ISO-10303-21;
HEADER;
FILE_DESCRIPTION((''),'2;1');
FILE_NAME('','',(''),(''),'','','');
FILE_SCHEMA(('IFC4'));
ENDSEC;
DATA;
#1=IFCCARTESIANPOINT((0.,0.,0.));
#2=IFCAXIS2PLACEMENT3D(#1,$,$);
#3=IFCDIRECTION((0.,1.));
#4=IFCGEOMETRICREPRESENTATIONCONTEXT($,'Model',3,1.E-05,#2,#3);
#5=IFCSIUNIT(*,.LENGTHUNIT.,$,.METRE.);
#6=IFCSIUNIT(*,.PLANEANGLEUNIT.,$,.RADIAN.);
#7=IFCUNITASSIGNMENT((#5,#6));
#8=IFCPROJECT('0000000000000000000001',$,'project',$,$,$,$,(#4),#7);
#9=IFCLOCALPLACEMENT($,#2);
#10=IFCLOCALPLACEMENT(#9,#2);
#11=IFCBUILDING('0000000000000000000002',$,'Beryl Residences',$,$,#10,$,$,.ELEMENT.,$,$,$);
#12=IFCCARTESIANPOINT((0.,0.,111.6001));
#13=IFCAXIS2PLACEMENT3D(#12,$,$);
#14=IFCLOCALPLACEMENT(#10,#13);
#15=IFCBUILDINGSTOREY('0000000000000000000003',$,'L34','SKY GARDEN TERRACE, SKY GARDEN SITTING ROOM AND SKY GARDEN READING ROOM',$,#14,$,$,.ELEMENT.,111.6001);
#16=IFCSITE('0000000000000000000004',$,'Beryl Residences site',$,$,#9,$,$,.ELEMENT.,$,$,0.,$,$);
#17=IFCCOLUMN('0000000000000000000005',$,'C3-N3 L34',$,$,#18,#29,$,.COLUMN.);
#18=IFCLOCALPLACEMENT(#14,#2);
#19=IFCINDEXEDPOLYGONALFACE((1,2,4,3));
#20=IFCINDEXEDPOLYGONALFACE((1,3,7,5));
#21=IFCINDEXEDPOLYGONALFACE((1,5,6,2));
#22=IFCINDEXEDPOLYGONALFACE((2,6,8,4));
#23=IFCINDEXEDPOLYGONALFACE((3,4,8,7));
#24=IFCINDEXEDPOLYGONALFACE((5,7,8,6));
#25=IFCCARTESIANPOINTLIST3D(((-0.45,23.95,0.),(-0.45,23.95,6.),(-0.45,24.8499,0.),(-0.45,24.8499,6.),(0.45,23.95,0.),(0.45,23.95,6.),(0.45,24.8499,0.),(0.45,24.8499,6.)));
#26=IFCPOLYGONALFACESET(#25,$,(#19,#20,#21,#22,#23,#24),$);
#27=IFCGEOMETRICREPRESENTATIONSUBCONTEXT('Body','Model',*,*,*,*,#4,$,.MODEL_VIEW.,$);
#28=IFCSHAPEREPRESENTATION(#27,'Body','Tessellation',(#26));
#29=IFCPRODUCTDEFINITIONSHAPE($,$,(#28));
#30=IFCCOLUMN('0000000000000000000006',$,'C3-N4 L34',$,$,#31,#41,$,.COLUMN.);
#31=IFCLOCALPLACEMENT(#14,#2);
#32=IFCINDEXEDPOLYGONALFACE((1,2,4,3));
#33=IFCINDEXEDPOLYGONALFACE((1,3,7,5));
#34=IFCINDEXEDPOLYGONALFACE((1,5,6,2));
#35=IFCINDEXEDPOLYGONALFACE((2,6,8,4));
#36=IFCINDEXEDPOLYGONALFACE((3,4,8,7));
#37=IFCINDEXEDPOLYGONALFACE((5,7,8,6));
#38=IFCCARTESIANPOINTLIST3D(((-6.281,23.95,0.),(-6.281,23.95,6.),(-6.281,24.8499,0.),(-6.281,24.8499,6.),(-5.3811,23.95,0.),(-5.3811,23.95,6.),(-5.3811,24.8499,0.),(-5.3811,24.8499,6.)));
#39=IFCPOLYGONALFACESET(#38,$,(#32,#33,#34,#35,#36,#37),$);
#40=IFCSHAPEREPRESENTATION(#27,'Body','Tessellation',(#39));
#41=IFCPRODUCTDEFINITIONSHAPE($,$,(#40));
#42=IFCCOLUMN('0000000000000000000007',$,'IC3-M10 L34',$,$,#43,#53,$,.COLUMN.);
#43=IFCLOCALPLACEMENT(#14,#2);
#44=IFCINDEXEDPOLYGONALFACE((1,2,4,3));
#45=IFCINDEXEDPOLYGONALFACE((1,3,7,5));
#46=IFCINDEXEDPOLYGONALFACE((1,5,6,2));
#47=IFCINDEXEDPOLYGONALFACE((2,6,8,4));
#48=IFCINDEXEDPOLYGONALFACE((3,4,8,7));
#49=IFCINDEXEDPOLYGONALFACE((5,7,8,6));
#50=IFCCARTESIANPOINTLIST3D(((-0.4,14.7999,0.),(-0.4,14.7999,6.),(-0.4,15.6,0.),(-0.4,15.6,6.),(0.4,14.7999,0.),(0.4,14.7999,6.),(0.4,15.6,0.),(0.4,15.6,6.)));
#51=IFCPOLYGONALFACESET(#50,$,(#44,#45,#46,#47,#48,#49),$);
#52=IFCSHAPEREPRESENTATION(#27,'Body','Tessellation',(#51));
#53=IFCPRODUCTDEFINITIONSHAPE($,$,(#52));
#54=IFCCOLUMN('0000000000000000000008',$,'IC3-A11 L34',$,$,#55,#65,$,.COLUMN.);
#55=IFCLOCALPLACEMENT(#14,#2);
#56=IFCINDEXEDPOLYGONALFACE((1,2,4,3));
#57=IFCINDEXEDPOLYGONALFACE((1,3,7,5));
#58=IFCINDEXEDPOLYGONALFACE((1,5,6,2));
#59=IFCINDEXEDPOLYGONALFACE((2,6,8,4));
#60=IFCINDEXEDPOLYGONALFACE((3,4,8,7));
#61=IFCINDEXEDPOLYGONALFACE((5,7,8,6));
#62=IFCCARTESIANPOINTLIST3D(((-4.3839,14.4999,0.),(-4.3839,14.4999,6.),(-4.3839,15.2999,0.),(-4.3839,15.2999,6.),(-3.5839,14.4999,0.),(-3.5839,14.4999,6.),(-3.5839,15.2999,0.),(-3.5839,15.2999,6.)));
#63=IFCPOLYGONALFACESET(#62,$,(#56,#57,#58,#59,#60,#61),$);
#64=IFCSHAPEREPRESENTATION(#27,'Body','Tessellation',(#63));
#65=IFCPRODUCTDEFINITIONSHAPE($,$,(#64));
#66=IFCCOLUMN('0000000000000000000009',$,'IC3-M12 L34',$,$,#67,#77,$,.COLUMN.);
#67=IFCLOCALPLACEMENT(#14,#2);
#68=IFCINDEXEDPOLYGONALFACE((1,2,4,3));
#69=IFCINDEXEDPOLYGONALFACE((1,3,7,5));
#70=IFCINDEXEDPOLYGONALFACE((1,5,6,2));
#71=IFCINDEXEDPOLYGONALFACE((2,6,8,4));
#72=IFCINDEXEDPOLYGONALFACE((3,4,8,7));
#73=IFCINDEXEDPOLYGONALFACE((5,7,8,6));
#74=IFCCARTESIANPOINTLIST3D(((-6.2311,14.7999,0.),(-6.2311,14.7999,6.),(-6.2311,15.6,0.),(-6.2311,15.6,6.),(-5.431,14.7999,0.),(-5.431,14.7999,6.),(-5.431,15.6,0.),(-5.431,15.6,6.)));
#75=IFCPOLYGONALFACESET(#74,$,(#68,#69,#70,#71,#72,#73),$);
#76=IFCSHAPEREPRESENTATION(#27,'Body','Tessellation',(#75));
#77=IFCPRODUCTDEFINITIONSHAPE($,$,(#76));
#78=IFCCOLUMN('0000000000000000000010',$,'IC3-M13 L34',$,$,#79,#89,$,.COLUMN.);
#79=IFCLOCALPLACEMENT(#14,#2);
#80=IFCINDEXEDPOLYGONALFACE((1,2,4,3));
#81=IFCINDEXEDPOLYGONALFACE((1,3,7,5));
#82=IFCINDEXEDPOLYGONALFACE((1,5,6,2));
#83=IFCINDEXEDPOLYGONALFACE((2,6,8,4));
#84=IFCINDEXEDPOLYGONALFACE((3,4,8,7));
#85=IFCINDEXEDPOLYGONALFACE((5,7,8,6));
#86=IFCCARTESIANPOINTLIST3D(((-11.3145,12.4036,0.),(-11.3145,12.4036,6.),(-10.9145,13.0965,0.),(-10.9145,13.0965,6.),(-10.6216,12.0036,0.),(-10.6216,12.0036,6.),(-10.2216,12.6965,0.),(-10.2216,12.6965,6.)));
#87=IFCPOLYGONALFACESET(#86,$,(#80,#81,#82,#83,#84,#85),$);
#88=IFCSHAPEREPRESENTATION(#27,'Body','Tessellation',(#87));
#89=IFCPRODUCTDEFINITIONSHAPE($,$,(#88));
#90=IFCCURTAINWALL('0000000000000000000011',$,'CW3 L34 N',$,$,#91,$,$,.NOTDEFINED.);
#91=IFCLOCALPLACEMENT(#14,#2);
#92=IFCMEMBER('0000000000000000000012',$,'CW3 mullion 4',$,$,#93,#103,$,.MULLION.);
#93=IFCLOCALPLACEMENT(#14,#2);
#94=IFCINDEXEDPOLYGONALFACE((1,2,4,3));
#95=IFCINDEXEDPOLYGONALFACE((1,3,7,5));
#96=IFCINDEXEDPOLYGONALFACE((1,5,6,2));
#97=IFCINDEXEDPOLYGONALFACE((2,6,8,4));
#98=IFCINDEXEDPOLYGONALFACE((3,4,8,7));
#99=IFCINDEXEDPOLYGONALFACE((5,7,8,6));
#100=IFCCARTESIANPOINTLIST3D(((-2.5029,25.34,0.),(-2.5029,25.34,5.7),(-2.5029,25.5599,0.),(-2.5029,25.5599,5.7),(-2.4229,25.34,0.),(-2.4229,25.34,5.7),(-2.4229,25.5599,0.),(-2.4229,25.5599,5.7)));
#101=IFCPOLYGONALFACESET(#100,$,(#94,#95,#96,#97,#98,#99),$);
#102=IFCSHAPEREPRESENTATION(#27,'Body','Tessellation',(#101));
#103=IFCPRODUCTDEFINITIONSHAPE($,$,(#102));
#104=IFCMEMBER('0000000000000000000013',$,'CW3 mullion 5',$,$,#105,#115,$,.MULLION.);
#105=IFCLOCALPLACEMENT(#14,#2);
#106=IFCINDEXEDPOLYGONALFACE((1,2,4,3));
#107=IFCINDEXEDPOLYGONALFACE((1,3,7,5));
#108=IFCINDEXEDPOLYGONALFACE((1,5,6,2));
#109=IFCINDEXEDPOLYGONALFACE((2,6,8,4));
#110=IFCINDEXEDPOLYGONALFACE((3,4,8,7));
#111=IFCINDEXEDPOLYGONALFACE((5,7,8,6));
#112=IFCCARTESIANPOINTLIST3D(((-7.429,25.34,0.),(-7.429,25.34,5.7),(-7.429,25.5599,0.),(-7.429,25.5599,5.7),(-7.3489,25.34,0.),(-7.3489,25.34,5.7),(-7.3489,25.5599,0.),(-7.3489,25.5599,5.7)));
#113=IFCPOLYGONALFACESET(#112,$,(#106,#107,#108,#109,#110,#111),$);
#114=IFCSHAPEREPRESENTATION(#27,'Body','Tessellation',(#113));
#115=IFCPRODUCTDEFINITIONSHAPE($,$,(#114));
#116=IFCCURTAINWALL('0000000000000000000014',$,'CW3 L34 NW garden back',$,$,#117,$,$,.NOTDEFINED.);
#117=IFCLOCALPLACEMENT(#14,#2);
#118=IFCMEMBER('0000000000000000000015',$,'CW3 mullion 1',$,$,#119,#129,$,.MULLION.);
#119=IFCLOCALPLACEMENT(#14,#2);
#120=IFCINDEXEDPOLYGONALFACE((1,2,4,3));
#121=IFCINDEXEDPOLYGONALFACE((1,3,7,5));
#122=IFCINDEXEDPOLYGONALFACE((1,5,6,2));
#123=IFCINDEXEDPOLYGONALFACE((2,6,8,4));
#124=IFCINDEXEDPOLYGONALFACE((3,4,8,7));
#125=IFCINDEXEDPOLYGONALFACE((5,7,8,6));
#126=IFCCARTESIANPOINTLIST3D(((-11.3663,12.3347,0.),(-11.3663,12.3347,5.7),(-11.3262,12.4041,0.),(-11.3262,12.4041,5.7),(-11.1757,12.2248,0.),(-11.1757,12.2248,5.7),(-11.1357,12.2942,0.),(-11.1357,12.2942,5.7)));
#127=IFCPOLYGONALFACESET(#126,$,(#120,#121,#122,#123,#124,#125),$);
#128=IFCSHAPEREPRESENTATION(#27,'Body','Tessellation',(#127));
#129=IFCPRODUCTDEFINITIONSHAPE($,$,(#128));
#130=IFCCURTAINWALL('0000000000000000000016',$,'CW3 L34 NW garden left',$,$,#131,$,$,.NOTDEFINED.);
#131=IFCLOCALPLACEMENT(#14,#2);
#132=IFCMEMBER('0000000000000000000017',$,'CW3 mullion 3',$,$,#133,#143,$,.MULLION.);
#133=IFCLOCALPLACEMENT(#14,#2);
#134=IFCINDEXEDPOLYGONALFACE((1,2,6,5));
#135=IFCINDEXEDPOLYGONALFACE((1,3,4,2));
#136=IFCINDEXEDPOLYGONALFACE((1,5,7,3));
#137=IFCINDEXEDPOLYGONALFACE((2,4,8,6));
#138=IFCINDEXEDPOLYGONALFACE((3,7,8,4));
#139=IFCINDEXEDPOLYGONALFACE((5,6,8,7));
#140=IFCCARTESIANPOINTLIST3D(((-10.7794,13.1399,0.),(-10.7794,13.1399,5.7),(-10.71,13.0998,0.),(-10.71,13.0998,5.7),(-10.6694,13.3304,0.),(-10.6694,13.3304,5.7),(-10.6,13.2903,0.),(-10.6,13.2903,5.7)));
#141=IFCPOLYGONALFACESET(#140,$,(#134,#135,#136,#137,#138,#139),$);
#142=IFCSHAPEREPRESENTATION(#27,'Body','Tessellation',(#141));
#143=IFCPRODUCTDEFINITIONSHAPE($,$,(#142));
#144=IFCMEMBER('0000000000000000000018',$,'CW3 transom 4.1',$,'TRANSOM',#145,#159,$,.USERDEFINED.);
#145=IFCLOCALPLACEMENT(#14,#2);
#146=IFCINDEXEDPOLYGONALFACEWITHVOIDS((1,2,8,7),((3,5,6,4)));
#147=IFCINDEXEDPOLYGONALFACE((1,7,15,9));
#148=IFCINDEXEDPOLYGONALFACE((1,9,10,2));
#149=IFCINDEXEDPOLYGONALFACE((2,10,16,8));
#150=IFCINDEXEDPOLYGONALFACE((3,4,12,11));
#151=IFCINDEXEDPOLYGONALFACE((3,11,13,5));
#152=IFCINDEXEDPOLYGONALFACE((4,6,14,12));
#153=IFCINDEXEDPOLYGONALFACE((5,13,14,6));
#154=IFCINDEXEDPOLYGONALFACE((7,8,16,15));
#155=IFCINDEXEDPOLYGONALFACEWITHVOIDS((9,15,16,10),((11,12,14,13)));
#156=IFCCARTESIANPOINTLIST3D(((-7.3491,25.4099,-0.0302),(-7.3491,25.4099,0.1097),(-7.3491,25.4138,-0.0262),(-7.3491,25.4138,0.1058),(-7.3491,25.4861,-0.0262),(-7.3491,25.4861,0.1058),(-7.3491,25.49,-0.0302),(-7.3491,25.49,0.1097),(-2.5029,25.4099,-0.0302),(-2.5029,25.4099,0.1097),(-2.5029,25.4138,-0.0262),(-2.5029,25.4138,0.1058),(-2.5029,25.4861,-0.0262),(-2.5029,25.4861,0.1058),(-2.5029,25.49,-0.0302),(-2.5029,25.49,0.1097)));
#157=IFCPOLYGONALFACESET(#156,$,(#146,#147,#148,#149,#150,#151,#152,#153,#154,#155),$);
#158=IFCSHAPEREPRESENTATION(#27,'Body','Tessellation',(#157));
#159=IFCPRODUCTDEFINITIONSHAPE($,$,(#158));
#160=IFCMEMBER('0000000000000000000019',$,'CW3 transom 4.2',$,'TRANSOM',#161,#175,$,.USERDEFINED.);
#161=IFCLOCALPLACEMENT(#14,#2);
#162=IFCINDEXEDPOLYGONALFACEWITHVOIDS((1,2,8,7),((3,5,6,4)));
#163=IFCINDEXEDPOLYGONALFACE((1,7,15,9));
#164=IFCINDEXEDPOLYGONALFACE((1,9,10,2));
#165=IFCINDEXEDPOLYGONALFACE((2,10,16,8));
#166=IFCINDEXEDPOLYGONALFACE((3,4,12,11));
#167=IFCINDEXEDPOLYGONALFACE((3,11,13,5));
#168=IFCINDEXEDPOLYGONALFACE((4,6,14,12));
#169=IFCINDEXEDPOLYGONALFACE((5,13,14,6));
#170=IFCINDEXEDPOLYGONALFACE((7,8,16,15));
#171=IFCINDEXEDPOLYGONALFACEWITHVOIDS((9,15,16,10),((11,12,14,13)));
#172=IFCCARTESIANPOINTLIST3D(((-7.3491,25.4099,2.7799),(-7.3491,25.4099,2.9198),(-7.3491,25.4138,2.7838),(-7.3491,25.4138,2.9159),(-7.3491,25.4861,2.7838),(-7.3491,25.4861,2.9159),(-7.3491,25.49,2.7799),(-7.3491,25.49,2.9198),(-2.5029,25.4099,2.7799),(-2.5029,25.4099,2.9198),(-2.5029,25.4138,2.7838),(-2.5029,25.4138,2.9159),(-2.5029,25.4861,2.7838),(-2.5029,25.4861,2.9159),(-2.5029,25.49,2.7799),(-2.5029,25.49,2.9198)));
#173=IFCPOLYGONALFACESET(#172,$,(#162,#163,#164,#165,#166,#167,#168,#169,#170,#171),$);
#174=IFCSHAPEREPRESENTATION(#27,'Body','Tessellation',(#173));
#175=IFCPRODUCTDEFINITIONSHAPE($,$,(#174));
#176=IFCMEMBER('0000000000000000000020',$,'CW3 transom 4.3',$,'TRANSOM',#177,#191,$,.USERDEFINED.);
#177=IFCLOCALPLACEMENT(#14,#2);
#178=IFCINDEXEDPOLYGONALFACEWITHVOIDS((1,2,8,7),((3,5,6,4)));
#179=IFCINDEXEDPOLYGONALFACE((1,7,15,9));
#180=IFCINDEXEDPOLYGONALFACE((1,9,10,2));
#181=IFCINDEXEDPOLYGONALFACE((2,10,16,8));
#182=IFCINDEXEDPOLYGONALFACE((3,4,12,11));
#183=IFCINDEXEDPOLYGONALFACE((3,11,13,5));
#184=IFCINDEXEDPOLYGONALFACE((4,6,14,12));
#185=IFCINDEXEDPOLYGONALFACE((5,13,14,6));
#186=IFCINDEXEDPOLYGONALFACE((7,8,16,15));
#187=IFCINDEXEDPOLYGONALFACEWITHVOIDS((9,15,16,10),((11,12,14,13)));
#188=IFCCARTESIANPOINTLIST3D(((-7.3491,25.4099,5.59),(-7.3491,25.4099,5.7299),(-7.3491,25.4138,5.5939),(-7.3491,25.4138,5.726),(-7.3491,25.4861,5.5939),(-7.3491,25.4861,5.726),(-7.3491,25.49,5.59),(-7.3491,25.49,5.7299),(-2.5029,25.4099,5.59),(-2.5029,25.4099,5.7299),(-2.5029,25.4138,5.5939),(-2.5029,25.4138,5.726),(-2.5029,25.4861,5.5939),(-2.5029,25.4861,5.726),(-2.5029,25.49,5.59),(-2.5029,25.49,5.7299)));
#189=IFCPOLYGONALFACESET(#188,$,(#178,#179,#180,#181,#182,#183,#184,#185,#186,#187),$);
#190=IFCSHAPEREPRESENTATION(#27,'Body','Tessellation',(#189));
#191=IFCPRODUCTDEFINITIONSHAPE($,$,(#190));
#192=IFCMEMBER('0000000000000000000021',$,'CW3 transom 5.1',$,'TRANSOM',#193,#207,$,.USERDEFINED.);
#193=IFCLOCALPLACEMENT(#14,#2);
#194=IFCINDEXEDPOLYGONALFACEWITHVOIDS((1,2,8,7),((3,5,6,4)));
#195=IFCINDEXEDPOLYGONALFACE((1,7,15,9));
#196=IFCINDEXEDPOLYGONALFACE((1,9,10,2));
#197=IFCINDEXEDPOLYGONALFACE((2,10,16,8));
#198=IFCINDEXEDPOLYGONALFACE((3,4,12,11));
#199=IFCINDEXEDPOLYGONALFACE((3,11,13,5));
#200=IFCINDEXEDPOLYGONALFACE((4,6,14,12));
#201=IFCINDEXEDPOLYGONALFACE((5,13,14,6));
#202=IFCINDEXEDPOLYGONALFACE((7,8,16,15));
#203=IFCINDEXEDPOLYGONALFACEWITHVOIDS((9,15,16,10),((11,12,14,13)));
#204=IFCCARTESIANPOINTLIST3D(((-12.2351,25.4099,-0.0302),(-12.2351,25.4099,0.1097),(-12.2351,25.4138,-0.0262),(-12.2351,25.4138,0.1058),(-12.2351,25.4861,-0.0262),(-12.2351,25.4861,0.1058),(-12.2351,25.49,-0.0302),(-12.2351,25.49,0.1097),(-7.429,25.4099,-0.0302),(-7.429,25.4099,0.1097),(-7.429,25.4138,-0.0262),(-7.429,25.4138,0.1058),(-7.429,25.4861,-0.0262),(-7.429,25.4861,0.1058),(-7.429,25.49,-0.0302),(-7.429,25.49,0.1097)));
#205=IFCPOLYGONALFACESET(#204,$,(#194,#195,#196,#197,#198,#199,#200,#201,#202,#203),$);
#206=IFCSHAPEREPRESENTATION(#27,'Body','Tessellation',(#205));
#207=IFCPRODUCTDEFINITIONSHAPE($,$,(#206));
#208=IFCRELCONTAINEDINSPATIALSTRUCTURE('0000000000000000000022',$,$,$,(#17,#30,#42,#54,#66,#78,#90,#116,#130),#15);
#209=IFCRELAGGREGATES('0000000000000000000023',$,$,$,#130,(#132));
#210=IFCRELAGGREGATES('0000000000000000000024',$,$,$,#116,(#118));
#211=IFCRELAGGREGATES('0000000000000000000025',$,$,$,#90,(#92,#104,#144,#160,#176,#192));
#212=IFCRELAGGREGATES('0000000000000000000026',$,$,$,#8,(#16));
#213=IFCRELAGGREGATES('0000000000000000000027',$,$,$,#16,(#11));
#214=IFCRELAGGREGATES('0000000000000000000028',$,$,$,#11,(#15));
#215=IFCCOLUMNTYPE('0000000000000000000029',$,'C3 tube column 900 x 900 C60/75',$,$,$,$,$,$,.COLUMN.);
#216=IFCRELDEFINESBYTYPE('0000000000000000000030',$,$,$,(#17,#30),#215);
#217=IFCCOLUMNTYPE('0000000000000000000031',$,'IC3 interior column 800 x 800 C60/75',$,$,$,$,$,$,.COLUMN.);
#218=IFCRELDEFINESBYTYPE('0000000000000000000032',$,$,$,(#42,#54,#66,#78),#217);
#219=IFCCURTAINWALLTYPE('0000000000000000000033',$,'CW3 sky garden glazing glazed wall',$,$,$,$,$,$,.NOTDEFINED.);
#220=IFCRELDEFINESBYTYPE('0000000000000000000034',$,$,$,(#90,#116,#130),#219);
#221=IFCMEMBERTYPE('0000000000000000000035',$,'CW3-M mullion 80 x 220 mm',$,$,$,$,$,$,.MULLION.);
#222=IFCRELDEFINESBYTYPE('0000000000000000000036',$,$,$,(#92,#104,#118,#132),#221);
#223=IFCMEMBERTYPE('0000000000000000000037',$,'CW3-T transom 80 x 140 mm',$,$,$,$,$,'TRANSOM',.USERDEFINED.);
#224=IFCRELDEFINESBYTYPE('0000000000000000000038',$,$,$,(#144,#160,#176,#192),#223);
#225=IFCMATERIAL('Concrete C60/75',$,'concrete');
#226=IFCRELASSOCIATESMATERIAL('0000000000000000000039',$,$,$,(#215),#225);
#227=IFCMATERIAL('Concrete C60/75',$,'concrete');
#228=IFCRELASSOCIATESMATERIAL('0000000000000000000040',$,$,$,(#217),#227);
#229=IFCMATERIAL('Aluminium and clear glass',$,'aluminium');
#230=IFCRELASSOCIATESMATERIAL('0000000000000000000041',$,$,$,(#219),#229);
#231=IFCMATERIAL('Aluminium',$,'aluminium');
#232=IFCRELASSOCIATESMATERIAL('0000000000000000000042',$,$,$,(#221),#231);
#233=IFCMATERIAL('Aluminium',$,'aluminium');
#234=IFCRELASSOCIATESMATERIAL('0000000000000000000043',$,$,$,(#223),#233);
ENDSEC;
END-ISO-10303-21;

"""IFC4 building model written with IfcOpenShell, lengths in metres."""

from ifc_helpers import new_model, si_unit, direction, frame, origin, origin_2d, place, context, subcontext, project, spatial, rectangle, hollow_rectangle, extrude, material, material_profile, profile_set, type_object, element, aggregate, save


model = new_model("IFC4")

# Units and contexts
model_context = context("Model", 3, precision=1e-05, world=origin(), true_north=direction((0.0, 1.0)))
body_context = subcontext(model_context, "Body", "Model", "MODEL_VIEW")
ifc_project = project(units=[si_unit("LENGTHUNIT", "METRE"), si_unit("PLANEANGLEUNIT", "RADIAN")], contexts=[model_context])

# Site, building, storey
site_placement = place(None, origin())
site = spatial("IfcSite", under=ifc_project, at=site_placement, Name="Beryl Residences site", CompositionType="ELEMENT", RefElevation=0.0)
building_placement = place(site_placement, origin())
building = spatial("IfcBuilding", under=site, at=building_placement, Name="Beryl Residences", CompositionType="ELEMENT")
storey_placement = place(building_placement, frame((0.0, 0.0, 111.6001)))
storey = spatial("IfcBuildingStorey", under=building, at=storey_placement, Name="L34", Description="SKY GARDEN TERRACE, SKY GARDEN SITTING ROOM AND SKY GARDEN READING ROOM", CompositionType="ELEMENT", Elevation=111.6001)

# Columns
ifc_material_1 = material(Name="Concrete C60/75", Category="concrete")
ifc_material_profile_1 = material_profile(ifc_material_1, rectangle(XDim=0.8999, YDim=0.8999, at=origin_2d()))
ifc_profile_set_1 = profile_set([ifc_material_profile_1], Name="Concrete C60/75")
column_type_1 = type_object("IfcColumnType", Name="C3 tube column 900 x 900 C60/75", PredefinedType="COLUMN", material=ifc_profile_set_1)
for number, where, z_axis, x_axis, name in (
    (1, (0.0, 24.3999, 0.0), (0.0, 0.0, 1.0), (-1.0, 0.0, 0.0), "C3-N3 L34"),
    (2, (-5.8311, 24.3999, 0.0), (0.0, 0.0, 1.0), (-1.0, 0.0, 0.0), "C3-N4 L34"),
):
    element("IfcColumn", number, at=place(storey_placement, frame(where, z_axis=z_axis, x_axis=x_axis)), inside=storey, type_object=column_type_1, Name=name, PredefinedType="COLUMN", context=body_context, shape_type="SweptSolid", body=[
        extrude(rectangle(XDim=0.8999, YDim=0.8999, at=origin_2d()), origin(), (0.0, 0.0, 1.0), 6.0),
    ])
ifc_material_2 = material(Name="Concrete C60/75", Category="concrete")
ifc_material_profile_2 = material_profile(ifc_material_2, rectangle(XDim=0.8, YDim=0.8, at=origin_2d()))
ifc_profile_set_2 = profile_set([ifc_material_profile_2], Name="Concrete C60/75")
column_type_2 = type_object("IfcColumnType", Name="IC3 interior column 800 x 800 C60/75", PredefinedType="COLUMN", material=ifc_profile_set_2)
for number, where, z_axis, x_axis, name in (
    (3, (0.0, 15.2, 0.0), (0.0, 0.0, 1.0), (-1.0, 0.0, 0.0), "IC3-M10 L34"),
    (4, (-3.9839, 14.8999, 0.0), (0.0, 0.0, 1.0), (1.0, 0.0, 0.0), "IC3-A11 L34"),
    (5, (-5.8311, 15.2, 0.0), (0.0, 0.0, 1.0), (-1.0, 0.0, 0.0), "IC3-M12 L34"),
    (6, (-10.7681, 12.55, 0.0), (0.0, 0.0, 1.0), (-0.5, -0.866025, 0.0), "IC3-M13 L34"),
):
    element("IfcColumn", number, at=place(storey_placement, frame(where, z_axis=z_axis, x_axis=x_axis)), inside=storey, type_object=column_type_2, Name=name, PredefinedType="COLUMN", context=body_context, shape_type="SweptSolid", body=[
        extrude(rectangle(XDim=0.8, YDim=0.8, at=origin_2d()), origin(), (0.0, 0.0, 1.0), 6.0),
    ])

# Curtain wall, members
ifc_material_3 = material(Name="Aluminium and clear glass", Category="aluminium")
curtain_wall_type = type_object("IfcCurtainWallType", Name="CW3 sky garden glazing glazed wall", PredefinedType="NOTDEFINED", material=ifc_material_3)
curtain_wall_1_placement = place(storey_placement, origin())
curtain_wall_1 = element("IfcCurtainWall", 7, at=curtain_wall_1_placement, inside=storey, type_object=curtain_wall_type, Name="CW3 L34 N", PredefinedType="NOTDEFINED")
ifc_material_4 = material(Name="Aluminium", Category="aluminium")
ifc_material_profile_3 = material_profile(ifc_material_4, rectangle(XDim=0.0801, YDim=0.22, at=origin_2d()))
ifc_profile_set_3 = profile_set([ifc_material_profile_3], Name="Aluminium")
member_type_1 = type_object("IfcMemberType", Name="CW3-M mullion 80 x 220 mm", PredefinedType="MULLION", material=ifc_profile_set_3)
member_1_placement = place(storey_placement, frame((-2.4629, 25.45, 0.0), z_axis=(0.0, 0.0, 1.0), x_axis=(-1.0, 0.0, 0.0)))
member_1 = element("IfcMember", 8, at=member_1_placement, type_object=member_type_1, Name="CW3 mullion 4", PredefinedType="MULLION", context=body_context, shape_type="SweptSolid", body=[
    extrude(rectangle(XDim=0.0801, YDim=0.22, at=origin_2d()), origin(), (0.0, 0.0, 1.0), 5.7),
])
member_2_placement = place(storey_placement, frame((-7.3889, 25.45, 0.0), z_axis=(0.0, 0.0, 1.0), x_axis=(-1.0, 0.0, 0.0)))
member_2 = element("IfcMember", 9, at=member_2_placement, type_object=member_type_1, Name="CW3 mullion 5", PredefinedType="MULLION", context=body_context, shape_type="SweptSolid", body=[
    extrude(rectangle(XDim=0.0801, YDim=0.22, at=origin_2d()), origin(), (0.0, 0.0, 1.0), 5.7),
])

# Curtain walls, members
curtain_wall_2_placement = place(storey_placement, origin())
curtain_wall_2 = element("IfcCurtainWall", 10, at=curtain_wall_2_placement, inside=storey, type_object=curtain_wall_type, Name="CW3 L34 NW garden back", PredefinedType="NOTDEFINED")
member_3_placement = place(storey_placement, frame((-11.251, 12.3145, 0.0), z_axis=(0.0, 0.0, 1.0), x_axis=(-0.499821, -0.866129, 0.0)))
member_3 = element("IfcMember", 11, at=member_3_placement, type_object=member_type_1, Name="CW3 mullion 1", PredefinedType="MULLION", context=body_context, shape_type="SweptSolid", body=[
    extrude(rectangle(XDim=0.0801, YDim=0.22, at=origin_2d()), origin(), (0.0, 0.0, 1.0), 5.7),
])
curtain_wall_3_placement = place(storey_placement, origin())
curtain_wall_3 = element("IfcCurtainWall", 12, at=curtain_wall_3_placement, inside=storey, type_object=curtain_wall_type, Name="CW3 L34 NW garden left", PredefinedType="NOTDEFINED")
member_4_placement = place(storey_placement, frame((-10.6897, 13.2151, 0.0), z_axis=(0.0, 0.0, 1.0), x_axis=(0.866009, -0.500029, 0.0)))
member_4 = element("IfcMember", 13, at=member_4_placement, type_object=member_type_1, Name="CW3 mullion 3", PredefinedType="MULLION", context=body_context, shape_type="SweptSolid", body=[
    extrude(rectangle(XDim=0.0801, YDim=0.22, at=origin_2d()), origin(), (0.0, 0.0, 1.0), 5.7),
])
aggregate(curtain_wall_3, [member_4])

# Members
ifc_material_5 = material(Name="Aluminium", Category="aluminium")
ifc_material_profile_4 = material_profile(ifc_material_5, hollow_rectangle(XDim=0.0801, YDim=0.1399, WallThickness=0.0039, at=origin_2d()))
ifc_profile_set_4 = profile_set([ifc_material_profile_4], Name="Aluminium")
member_type_2 = type_object("IfcMemberType", Name="CW3-T transom 80 x 140 mm", ElementType="TRANSOM", PredefinedType="USERDEFINED", material=ifc_profile_set_4)
member_5_placement = place(storey_placement, frame((-2.5029, 25.45, 0.0398), z_axis=(-1.0, 0.0, 0.0), x_axis=(0.0, -1.0, 0.0)))
member_5 = element("IfcMember", 14, at=member_5_placement, type_object=member_type_2, Name="CW3 transom 4.1", ObjectType="TRANSOM", PredefinedType="USERDEFINED", context=body_context, shape_type="SweptSolid", body=[
    extrude(hollow_rectangle(XDim=0.0801, YDim=0.1399, WallThickness=0.0039, at=origin_2d()), origin(), (0.0, 0.0, 1.0), 4.8462),
])
member_6_placement = place(storey_placement, frame((-2.5029, 25.45, 2.8499), z_axis=(-1.0, 0.0, 0.0), x_axis=(0.0, -1.0, 0.0)))
member_6 = element("IfcMember", 15, at=member_6_placement, type_object=member_type_2, Name="CW3 transom 4.2", ObjectType="TRANSOM", PredefinedType="USERDEFINED", context=body_context, shape_type="SweptSolid", body=[
    extrude(hollow_rectangle(XDim=0.0801, YDim=0.1399, WallThickness=0.0039, at=origin_2d()), origin(), (0.0, 0.0, 1.0), 4.8462),
])
member_7_placement = place(storey_placement, frame((-2.5029, 25.45, 5.6599), z_axis=(-1.0, 0.0, 0.0), x_axis=(0.0, -1.0, 0.0)))
member_7 = element("IfcMember", 16, at=member_7_placement, type_object=member_type_2, Name="CW3 transom 4.3", ObjectType="TRANSOM", PredefinedType="USERDEFINED", context=body_context, shape_type="SweptSolid", body=[
    extrude(hollow_rectangle(XDim=0.0801, YDim=0.1399, WallThickness=0.0039, at=origin_2d()), origin(), (0.0, 0.0, 1.0), 4.8462),
])
member_8_placement = place(storey_placement, frame((-7.429, 25.45, 0.0398), z_axis=(-1.0, 0.0, 0.0), x_axis=(0.0, -1.0, 0.0)))
member_8 = element("IfcMember", 17, at=member_8_placement, type_object=member_type_2, Name="CW3 transom 5.1", ObjectType="TRANSOM", PredefinedType="USERDEFINED", context=body_context, shape_type="SweptSolid", body=[
    extrude(hollow_rectangle(XDim=0.0801, YDim=0.1399, WallThickness=0.0039, at=origin_2d()), origin(), (0.0, 0.0, 1.0), 4.8062),
])
aggregate(curtain_wall_2, [member_3])

aggregate(curtain_wall_1, [member_1, member_2, member_5, member_6, member_7, member_8])

save(model, "model.ifc")
